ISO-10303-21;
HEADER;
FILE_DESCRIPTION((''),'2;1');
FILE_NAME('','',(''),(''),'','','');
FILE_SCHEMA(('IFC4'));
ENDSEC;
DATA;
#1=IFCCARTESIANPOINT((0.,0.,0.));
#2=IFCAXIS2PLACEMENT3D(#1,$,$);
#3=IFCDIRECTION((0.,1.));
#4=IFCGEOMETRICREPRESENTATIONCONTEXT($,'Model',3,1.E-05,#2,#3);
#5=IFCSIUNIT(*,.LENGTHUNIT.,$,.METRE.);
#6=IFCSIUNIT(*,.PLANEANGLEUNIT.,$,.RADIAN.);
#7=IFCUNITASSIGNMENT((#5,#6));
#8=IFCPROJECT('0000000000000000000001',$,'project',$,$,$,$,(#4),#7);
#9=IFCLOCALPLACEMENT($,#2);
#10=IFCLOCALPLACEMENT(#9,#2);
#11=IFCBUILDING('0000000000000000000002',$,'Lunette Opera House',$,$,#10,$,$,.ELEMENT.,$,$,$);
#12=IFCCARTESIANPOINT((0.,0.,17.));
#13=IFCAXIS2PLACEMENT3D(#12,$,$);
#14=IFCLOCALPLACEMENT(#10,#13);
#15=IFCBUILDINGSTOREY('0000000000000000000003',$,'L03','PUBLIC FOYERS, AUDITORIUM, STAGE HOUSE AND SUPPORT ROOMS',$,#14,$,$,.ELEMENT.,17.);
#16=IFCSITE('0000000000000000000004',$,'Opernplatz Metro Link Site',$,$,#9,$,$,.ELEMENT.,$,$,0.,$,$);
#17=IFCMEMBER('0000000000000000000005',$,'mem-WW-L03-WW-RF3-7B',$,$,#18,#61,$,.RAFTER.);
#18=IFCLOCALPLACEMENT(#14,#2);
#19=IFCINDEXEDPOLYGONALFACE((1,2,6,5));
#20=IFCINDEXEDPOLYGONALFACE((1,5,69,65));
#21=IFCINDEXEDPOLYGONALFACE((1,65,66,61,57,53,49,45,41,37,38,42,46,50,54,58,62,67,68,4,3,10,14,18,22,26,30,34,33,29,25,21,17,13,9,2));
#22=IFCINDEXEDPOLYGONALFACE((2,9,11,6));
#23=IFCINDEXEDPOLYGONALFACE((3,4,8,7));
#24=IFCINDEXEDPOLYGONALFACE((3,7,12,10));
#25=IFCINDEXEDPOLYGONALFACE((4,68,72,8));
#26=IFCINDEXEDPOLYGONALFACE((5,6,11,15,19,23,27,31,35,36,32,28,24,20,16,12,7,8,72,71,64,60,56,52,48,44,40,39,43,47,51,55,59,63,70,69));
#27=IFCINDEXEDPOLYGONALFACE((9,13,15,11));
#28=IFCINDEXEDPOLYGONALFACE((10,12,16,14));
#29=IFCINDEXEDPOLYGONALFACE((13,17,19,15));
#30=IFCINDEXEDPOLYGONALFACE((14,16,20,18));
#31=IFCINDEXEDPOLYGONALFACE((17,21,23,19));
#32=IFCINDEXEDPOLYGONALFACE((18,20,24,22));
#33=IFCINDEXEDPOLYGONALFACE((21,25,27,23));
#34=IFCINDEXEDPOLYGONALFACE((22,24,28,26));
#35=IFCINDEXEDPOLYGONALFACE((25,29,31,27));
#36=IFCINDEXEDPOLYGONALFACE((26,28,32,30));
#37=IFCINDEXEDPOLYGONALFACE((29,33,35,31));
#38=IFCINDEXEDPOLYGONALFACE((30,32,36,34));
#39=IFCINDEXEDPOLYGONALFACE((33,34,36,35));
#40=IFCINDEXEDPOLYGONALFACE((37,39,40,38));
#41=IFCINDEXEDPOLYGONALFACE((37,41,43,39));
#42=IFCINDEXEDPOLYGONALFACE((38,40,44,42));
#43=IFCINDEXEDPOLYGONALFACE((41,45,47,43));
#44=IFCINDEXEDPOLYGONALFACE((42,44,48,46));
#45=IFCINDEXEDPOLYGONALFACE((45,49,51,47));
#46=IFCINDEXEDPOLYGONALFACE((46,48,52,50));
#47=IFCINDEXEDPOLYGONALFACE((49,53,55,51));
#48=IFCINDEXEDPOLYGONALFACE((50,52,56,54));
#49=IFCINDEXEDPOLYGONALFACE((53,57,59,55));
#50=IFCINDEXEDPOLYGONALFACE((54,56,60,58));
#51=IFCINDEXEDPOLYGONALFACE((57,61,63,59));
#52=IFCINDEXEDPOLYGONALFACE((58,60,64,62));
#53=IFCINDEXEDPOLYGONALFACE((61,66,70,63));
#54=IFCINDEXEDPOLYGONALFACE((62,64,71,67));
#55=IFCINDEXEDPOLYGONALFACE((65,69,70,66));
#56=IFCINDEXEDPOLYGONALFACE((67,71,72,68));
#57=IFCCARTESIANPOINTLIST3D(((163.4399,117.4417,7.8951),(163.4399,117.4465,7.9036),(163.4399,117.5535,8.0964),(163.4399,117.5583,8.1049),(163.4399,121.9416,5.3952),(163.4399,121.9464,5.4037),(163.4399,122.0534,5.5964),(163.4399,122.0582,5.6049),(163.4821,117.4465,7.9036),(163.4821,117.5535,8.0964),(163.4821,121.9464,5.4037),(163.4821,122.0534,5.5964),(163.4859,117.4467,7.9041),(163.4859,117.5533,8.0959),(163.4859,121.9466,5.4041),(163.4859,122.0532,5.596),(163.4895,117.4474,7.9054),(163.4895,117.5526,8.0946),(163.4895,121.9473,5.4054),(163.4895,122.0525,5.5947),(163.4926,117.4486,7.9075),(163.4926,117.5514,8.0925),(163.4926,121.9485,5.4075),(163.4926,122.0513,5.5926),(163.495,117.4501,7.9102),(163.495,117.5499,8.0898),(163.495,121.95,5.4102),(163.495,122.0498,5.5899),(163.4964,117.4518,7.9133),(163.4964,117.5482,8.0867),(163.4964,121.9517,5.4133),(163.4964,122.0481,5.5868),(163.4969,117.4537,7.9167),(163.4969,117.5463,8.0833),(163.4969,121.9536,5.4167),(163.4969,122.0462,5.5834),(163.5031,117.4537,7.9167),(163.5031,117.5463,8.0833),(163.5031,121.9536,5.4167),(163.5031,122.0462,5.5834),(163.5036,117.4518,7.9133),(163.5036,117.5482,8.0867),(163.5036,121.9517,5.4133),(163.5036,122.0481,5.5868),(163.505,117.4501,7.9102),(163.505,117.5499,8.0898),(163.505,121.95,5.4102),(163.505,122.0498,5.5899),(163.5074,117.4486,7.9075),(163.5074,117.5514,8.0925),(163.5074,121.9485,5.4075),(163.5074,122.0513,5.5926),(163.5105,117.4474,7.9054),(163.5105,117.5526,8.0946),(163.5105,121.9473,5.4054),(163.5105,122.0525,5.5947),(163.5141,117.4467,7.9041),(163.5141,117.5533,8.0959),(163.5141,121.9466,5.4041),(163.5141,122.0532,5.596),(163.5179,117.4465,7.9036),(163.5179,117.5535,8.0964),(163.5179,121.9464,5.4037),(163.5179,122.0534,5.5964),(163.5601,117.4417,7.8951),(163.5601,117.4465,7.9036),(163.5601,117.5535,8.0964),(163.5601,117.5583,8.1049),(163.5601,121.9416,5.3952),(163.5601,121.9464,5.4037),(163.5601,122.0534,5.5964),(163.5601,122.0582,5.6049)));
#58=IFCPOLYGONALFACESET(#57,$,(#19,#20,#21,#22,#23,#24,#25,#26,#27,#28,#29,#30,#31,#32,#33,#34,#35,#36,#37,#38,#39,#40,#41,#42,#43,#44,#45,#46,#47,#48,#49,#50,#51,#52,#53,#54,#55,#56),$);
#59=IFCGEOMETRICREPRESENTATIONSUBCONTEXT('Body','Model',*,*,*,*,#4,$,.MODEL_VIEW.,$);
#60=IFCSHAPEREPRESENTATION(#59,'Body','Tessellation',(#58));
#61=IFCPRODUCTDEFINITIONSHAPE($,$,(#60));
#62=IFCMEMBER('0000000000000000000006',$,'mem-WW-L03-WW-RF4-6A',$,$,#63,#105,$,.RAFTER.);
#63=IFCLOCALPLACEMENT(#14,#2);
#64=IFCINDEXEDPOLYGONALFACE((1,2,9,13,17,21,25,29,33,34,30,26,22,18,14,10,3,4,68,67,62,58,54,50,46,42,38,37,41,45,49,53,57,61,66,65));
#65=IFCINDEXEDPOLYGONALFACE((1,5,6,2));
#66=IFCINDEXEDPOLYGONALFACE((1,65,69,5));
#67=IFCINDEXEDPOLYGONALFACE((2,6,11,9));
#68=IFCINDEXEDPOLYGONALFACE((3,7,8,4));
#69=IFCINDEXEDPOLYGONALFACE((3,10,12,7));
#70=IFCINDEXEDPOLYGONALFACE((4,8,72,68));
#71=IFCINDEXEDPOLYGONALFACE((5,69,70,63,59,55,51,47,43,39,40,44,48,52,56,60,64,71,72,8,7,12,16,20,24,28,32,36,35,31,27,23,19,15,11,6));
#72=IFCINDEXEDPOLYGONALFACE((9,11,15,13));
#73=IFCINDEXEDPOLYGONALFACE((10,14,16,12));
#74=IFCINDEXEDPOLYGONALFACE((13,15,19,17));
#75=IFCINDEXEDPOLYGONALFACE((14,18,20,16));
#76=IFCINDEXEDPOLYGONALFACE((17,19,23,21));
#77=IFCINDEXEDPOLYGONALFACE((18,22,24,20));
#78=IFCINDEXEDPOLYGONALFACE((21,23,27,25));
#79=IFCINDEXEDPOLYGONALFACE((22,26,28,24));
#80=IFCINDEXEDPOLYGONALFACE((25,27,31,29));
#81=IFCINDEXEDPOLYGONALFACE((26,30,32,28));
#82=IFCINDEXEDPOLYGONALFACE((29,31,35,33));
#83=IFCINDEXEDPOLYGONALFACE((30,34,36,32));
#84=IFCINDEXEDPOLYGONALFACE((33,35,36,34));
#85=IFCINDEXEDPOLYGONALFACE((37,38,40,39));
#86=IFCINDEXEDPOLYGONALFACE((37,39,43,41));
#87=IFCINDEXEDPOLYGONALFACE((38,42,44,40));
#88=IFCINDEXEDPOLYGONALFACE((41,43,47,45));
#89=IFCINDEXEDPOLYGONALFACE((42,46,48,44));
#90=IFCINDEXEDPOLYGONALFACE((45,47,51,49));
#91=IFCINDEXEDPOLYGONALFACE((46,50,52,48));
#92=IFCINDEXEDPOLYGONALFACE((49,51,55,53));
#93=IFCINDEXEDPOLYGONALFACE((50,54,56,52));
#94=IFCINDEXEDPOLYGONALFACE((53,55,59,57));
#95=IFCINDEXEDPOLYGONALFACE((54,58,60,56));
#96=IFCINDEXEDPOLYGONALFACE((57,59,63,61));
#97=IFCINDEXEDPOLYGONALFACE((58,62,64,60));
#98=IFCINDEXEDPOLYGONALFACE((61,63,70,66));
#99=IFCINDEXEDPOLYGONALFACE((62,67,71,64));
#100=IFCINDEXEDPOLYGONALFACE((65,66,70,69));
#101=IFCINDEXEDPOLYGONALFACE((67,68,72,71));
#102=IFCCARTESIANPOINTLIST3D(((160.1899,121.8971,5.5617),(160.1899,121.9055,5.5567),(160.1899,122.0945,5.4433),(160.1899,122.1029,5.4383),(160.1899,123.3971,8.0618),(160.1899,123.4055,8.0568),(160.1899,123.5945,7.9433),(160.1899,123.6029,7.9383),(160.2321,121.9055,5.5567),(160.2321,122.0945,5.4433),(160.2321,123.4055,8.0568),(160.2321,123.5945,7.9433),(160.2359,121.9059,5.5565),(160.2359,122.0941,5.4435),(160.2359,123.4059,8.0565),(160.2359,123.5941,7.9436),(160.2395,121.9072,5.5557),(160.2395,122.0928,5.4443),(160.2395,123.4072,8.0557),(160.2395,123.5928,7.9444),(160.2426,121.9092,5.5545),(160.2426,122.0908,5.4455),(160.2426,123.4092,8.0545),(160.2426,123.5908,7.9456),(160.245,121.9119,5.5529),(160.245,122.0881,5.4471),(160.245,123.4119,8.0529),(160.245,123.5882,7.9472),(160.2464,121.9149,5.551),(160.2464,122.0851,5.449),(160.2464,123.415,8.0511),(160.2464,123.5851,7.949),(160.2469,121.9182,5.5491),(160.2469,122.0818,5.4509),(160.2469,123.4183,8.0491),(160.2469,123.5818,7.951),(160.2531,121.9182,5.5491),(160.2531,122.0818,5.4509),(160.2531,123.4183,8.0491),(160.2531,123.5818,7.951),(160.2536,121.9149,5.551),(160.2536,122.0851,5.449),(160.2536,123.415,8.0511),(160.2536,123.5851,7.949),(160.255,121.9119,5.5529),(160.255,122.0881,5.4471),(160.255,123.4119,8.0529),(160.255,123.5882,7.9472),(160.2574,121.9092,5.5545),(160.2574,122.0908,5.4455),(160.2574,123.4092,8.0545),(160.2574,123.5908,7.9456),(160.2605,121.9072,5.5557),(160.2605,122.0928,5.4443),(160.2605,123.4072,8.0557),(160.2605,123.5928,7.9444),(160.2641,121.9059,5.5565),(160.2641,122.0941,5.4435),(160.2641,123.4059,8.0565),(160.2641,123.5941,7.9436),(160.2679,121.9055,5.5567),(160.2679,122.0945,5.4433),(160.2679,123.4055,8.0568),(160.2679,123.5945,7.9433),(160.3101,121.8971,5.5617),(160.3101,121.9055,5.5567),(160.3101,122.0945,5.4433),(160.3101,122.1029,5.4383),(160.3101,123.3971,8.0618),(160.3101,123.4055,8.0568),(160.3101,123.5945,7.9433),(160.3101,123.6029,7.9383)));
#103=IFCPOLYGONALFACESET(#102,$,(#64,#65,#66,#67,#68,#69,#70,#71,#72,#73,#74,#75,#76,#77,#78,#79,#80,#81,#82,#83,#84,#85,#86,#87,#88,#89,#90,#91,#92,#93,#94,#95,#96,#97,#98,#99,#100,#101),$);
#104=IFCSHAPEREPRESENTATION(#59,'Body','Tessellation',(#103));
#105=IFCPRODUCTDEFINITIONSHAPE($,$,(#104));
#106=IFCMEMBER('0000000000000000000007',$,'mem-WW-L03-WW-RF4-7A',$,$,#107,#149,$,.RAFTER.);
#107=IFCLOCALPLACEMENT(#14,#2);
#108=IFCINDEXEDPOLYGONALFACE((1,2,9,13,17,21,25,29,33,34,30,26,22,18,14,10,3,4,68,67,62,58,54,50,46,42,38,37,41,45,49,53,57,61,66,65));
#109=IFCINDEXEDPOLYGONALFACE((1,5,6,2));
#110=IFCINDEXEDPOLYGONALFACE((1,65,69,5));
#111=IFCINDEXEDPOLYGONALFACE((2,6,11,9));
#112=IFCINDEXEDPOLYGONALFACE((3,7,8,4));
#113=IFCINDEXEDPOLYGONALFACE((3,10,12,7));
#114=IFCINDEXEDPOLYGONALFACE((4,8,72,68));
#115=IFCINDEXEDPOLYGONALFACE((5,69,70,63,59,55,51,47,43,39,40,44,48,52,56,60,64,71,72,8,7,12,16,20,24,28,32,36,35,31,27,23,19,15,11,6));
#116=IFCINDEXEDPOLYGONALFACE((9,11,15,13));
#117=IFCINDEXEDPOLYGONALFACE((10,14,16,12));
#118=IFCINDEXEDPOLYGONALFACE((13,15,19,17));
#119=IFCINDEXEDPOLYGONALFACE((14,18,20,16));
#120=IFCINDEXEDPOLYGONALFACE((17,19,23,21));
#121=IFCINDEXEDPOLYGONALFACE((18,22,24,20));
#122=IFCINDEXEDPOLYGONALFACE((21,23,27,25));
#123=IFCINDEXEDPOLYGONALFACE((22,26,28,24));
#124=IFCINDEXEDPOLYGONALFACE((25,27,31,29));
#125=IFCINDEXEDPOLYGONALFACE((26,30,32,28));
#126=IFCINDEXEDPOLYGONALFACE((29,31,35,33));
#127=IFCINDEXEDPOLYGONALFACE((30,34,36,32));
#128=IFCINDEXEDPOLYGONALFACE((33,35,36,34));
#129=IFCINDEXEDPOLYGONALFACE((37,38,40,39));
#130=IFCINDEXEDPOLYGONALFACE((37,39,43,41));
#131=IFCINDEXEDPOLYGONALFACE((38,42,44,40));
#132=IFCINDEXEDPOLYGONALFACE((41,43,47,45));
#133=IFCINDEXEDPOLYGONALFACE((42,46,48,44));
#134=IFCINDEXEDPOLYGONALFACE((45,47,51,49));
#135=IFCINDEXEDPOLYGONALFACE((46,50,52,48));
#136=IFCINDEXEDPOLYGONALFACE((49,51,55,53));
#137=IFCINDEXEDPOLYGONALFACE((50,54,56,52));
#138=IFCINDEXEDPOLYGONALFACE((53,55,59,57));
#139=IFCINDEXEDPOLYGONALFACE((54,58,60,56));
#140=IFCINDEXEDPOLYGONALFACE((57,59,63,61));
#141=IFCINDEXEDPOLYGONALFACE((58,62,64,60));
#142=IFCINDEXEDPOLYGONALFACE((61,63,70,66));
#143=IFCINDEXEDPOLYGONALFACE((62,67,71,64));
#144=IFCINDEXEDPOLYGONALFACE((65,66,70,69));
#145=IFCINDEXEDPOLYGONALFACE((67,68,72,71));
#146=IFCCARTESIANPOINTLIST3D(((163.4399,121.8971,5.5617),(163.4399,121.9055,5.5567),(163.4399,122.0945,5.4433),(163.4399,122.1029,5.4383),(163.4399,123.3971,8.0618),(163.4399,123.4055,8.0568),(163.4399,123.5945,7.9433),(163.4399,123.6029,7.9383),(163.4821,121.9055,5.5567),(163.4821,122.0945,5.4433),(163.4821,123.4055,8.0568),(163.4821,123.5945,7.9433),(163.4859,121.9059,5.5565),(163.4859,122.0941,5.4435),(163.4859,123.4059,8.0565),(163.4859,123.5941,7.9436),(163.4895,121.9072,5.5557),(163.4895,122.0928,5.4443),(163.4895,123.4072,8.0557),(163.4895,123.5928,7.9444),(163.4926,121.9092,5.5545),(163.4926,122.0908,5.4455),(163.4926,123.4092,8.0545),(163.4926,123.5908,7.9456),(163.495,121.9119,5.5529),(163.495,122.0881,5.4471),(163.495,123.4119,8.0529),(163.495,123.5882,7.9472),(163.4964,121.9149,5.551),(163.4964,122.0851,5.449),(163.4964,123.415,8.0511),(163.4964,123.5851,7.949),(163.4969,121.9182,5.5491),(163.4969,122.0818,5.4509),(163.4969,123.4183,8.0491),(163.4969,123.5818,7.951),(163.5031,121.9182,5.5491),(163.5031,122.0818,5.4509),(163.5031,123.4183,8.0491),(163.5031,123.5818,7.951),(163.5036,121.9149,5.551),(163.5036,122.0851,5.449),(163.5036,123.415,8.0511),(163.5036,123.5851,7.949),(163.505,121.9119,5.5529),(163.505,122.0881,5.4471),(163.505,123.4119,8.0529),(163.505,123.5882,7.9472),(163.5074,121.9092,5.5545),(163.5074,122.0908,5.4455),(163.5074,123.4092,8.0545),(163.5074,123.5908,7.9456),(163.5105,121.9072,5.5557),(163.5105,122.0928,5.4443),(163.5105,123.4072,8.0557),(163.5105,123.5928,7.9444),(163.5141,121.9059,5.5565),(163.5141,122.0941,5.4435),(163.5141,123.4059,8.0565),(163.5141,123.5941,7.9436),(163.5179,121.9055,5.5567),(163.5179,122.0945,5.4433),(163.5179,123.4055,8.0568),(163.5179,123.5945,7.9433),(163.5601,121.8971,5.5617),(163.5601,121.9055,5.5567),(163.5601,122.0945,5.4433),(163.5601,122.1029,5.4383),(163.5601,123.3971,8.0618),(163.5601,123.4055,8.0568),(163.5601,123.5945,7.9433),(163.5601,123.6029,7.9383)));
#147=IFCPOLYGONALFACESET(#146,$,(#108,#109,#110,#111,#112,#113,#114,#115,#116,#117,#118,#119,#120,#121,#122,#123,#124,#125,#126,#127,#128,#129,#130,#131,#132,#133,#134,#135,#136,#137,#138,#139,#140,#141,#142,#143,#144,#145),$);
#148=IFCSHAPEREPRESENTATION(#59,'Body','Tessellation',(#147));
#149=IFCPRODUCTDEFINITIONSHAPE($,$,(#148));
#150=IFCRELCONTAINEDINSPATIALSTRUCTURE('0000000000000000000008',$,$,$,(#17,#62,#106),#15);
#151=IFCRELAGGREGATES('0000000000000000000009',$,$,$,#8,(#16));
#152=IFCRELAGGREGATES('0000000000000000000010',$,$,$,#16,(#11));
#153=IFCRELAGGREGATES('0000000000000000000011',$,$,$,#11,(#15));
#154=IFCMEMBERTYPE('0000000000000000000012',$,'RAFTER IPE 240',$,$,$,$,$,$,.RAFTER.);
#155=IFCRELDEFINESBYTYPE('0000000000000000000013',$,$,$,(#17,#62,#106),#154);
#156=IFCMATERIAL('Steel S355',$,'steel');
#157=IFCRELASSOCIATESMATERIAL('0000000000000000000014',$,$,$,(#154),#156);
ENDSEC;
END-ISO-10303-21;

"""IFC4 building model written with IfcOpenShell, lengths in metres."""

from ifc_helpers import new_model, si_unit, direction, frame, origin, origin_2d, place, context, subcontext, project, spatial, i_section, extrude, material, material_profile, profile_set, type_object, element, save


model = new_model("IFC4")

# Units and contexts
model_context = context("Model", 3, precision=1e-05, world=origin(), true_north=direction((0.0, 1.0)))
body_context = subcontext(model_context, "Body", "Model", "MODEL_VIEW")
ifc_project = project(units=[si_unit("LENGTHUNIT", "METRE"), si_unit("PLANEANGLEUNIT", "RADIAN")], contexts=[model_context])

# Site, building, storey
site_placement = place(None, origin())
site = spatial("IfcSite", under=ifc_project, at=site_placement, Name="Opernplatz Metro Link Site", CompositionType="ELEMENT", RefElevation=0.0)
building_placement = place(site_placement, origin())
building = spatial("IfcBuilding", under=site, at=building_placement, Name="Lunette Opera House", CompositionType="ELEMENT")
storey_placement = place(building_placement, frame((0.0, 0.0, 17.0)))
storey = spatial("IfcBuildingStorey", under=building, at=storey_placement, Name="L03", Description="PUBLIC FOYERS, AUDITORIUM, STAGE HOUSE AND SUPPORT ROOMS", CompositionType="ELEMENT", Elevation=17.0)

# Members
ifc_material_1 = material(Name="Steel S355", Category="steel")
ifc_material_profile_1 = material_profile(ifc_material_1, i_section(OverallWidth=0.1201, OverallDepth=0.24, WebThickness=0.0061, FlangeThickness=0.0098, FilletRadius=0.0149, at=origin_2d()), Name="IPE 240")
ifc_profile_set_1 = profile_set([ifc_material_profile_1], Name="Steel S355")
member_type_1 = type_object("IfcMemberType", Name="RAFTER IPE 240", PredefinedType="RAFTER", material=ifc_profile_set_1)
member_1_placement = place(storey_placement, frame((163.5, 117.5, 8.0), z_axis=(0.0, 0.874157, -0.485643), x_axis=(-1.0, 0.0, 0.0)))
element("IfcMember", 1, at=member_1_placement, inside=storey, type_object=member_type_1, Name="mem-WW-L03-WW-RF3-7B", PredefinedType="RAFTER", context=body_context, shape_type="SweptSolid", body=[
    extrude(i_section(OverallWidth=0.1201, OverallDepth=0.24, WebThickness=0.0061, FlangeThickness=0.0098, FilletRadius=0.0149, at=origin_2d()), origin(), (0.0, 0.0, 1.0), 5.1477),
])
for number, where, z_axis, x_axis, name in (
    (2, (160.25, 122.0, 5.5), (0.0, 0.514496, 0.857493), (-1.0, 0.0, 0.0), "mem-WW-L03-WW-RF4-6A"),
    (3, (163.5, 122.0, 5.5), (0.0, 0.514496, 0.857493), (-1.0, 0.0, 0.0), "mem-WW-L03-WW-RF4-7A"),
):
    element("IfcMember", number, at=place(storey_placement, frame(where, z_axis=z_axis, x_axis=x_axis)), inside=storey, type_object=member_type_1, Name=name, PredefinedType="RAFTER", context=body_context, shape_type="SweptSolid", body=[
        extrude(i_section(OverallWidth=0.1201, OverallDepth=0.24, WebThickness=0.0061, FlangeThickness=0.0098, FilletRadius=0.0149, at=origin_2d()), origin(), (0.0, 0.0, 1.0), 2.9155),
    ])

save(model, "model.ifc")
